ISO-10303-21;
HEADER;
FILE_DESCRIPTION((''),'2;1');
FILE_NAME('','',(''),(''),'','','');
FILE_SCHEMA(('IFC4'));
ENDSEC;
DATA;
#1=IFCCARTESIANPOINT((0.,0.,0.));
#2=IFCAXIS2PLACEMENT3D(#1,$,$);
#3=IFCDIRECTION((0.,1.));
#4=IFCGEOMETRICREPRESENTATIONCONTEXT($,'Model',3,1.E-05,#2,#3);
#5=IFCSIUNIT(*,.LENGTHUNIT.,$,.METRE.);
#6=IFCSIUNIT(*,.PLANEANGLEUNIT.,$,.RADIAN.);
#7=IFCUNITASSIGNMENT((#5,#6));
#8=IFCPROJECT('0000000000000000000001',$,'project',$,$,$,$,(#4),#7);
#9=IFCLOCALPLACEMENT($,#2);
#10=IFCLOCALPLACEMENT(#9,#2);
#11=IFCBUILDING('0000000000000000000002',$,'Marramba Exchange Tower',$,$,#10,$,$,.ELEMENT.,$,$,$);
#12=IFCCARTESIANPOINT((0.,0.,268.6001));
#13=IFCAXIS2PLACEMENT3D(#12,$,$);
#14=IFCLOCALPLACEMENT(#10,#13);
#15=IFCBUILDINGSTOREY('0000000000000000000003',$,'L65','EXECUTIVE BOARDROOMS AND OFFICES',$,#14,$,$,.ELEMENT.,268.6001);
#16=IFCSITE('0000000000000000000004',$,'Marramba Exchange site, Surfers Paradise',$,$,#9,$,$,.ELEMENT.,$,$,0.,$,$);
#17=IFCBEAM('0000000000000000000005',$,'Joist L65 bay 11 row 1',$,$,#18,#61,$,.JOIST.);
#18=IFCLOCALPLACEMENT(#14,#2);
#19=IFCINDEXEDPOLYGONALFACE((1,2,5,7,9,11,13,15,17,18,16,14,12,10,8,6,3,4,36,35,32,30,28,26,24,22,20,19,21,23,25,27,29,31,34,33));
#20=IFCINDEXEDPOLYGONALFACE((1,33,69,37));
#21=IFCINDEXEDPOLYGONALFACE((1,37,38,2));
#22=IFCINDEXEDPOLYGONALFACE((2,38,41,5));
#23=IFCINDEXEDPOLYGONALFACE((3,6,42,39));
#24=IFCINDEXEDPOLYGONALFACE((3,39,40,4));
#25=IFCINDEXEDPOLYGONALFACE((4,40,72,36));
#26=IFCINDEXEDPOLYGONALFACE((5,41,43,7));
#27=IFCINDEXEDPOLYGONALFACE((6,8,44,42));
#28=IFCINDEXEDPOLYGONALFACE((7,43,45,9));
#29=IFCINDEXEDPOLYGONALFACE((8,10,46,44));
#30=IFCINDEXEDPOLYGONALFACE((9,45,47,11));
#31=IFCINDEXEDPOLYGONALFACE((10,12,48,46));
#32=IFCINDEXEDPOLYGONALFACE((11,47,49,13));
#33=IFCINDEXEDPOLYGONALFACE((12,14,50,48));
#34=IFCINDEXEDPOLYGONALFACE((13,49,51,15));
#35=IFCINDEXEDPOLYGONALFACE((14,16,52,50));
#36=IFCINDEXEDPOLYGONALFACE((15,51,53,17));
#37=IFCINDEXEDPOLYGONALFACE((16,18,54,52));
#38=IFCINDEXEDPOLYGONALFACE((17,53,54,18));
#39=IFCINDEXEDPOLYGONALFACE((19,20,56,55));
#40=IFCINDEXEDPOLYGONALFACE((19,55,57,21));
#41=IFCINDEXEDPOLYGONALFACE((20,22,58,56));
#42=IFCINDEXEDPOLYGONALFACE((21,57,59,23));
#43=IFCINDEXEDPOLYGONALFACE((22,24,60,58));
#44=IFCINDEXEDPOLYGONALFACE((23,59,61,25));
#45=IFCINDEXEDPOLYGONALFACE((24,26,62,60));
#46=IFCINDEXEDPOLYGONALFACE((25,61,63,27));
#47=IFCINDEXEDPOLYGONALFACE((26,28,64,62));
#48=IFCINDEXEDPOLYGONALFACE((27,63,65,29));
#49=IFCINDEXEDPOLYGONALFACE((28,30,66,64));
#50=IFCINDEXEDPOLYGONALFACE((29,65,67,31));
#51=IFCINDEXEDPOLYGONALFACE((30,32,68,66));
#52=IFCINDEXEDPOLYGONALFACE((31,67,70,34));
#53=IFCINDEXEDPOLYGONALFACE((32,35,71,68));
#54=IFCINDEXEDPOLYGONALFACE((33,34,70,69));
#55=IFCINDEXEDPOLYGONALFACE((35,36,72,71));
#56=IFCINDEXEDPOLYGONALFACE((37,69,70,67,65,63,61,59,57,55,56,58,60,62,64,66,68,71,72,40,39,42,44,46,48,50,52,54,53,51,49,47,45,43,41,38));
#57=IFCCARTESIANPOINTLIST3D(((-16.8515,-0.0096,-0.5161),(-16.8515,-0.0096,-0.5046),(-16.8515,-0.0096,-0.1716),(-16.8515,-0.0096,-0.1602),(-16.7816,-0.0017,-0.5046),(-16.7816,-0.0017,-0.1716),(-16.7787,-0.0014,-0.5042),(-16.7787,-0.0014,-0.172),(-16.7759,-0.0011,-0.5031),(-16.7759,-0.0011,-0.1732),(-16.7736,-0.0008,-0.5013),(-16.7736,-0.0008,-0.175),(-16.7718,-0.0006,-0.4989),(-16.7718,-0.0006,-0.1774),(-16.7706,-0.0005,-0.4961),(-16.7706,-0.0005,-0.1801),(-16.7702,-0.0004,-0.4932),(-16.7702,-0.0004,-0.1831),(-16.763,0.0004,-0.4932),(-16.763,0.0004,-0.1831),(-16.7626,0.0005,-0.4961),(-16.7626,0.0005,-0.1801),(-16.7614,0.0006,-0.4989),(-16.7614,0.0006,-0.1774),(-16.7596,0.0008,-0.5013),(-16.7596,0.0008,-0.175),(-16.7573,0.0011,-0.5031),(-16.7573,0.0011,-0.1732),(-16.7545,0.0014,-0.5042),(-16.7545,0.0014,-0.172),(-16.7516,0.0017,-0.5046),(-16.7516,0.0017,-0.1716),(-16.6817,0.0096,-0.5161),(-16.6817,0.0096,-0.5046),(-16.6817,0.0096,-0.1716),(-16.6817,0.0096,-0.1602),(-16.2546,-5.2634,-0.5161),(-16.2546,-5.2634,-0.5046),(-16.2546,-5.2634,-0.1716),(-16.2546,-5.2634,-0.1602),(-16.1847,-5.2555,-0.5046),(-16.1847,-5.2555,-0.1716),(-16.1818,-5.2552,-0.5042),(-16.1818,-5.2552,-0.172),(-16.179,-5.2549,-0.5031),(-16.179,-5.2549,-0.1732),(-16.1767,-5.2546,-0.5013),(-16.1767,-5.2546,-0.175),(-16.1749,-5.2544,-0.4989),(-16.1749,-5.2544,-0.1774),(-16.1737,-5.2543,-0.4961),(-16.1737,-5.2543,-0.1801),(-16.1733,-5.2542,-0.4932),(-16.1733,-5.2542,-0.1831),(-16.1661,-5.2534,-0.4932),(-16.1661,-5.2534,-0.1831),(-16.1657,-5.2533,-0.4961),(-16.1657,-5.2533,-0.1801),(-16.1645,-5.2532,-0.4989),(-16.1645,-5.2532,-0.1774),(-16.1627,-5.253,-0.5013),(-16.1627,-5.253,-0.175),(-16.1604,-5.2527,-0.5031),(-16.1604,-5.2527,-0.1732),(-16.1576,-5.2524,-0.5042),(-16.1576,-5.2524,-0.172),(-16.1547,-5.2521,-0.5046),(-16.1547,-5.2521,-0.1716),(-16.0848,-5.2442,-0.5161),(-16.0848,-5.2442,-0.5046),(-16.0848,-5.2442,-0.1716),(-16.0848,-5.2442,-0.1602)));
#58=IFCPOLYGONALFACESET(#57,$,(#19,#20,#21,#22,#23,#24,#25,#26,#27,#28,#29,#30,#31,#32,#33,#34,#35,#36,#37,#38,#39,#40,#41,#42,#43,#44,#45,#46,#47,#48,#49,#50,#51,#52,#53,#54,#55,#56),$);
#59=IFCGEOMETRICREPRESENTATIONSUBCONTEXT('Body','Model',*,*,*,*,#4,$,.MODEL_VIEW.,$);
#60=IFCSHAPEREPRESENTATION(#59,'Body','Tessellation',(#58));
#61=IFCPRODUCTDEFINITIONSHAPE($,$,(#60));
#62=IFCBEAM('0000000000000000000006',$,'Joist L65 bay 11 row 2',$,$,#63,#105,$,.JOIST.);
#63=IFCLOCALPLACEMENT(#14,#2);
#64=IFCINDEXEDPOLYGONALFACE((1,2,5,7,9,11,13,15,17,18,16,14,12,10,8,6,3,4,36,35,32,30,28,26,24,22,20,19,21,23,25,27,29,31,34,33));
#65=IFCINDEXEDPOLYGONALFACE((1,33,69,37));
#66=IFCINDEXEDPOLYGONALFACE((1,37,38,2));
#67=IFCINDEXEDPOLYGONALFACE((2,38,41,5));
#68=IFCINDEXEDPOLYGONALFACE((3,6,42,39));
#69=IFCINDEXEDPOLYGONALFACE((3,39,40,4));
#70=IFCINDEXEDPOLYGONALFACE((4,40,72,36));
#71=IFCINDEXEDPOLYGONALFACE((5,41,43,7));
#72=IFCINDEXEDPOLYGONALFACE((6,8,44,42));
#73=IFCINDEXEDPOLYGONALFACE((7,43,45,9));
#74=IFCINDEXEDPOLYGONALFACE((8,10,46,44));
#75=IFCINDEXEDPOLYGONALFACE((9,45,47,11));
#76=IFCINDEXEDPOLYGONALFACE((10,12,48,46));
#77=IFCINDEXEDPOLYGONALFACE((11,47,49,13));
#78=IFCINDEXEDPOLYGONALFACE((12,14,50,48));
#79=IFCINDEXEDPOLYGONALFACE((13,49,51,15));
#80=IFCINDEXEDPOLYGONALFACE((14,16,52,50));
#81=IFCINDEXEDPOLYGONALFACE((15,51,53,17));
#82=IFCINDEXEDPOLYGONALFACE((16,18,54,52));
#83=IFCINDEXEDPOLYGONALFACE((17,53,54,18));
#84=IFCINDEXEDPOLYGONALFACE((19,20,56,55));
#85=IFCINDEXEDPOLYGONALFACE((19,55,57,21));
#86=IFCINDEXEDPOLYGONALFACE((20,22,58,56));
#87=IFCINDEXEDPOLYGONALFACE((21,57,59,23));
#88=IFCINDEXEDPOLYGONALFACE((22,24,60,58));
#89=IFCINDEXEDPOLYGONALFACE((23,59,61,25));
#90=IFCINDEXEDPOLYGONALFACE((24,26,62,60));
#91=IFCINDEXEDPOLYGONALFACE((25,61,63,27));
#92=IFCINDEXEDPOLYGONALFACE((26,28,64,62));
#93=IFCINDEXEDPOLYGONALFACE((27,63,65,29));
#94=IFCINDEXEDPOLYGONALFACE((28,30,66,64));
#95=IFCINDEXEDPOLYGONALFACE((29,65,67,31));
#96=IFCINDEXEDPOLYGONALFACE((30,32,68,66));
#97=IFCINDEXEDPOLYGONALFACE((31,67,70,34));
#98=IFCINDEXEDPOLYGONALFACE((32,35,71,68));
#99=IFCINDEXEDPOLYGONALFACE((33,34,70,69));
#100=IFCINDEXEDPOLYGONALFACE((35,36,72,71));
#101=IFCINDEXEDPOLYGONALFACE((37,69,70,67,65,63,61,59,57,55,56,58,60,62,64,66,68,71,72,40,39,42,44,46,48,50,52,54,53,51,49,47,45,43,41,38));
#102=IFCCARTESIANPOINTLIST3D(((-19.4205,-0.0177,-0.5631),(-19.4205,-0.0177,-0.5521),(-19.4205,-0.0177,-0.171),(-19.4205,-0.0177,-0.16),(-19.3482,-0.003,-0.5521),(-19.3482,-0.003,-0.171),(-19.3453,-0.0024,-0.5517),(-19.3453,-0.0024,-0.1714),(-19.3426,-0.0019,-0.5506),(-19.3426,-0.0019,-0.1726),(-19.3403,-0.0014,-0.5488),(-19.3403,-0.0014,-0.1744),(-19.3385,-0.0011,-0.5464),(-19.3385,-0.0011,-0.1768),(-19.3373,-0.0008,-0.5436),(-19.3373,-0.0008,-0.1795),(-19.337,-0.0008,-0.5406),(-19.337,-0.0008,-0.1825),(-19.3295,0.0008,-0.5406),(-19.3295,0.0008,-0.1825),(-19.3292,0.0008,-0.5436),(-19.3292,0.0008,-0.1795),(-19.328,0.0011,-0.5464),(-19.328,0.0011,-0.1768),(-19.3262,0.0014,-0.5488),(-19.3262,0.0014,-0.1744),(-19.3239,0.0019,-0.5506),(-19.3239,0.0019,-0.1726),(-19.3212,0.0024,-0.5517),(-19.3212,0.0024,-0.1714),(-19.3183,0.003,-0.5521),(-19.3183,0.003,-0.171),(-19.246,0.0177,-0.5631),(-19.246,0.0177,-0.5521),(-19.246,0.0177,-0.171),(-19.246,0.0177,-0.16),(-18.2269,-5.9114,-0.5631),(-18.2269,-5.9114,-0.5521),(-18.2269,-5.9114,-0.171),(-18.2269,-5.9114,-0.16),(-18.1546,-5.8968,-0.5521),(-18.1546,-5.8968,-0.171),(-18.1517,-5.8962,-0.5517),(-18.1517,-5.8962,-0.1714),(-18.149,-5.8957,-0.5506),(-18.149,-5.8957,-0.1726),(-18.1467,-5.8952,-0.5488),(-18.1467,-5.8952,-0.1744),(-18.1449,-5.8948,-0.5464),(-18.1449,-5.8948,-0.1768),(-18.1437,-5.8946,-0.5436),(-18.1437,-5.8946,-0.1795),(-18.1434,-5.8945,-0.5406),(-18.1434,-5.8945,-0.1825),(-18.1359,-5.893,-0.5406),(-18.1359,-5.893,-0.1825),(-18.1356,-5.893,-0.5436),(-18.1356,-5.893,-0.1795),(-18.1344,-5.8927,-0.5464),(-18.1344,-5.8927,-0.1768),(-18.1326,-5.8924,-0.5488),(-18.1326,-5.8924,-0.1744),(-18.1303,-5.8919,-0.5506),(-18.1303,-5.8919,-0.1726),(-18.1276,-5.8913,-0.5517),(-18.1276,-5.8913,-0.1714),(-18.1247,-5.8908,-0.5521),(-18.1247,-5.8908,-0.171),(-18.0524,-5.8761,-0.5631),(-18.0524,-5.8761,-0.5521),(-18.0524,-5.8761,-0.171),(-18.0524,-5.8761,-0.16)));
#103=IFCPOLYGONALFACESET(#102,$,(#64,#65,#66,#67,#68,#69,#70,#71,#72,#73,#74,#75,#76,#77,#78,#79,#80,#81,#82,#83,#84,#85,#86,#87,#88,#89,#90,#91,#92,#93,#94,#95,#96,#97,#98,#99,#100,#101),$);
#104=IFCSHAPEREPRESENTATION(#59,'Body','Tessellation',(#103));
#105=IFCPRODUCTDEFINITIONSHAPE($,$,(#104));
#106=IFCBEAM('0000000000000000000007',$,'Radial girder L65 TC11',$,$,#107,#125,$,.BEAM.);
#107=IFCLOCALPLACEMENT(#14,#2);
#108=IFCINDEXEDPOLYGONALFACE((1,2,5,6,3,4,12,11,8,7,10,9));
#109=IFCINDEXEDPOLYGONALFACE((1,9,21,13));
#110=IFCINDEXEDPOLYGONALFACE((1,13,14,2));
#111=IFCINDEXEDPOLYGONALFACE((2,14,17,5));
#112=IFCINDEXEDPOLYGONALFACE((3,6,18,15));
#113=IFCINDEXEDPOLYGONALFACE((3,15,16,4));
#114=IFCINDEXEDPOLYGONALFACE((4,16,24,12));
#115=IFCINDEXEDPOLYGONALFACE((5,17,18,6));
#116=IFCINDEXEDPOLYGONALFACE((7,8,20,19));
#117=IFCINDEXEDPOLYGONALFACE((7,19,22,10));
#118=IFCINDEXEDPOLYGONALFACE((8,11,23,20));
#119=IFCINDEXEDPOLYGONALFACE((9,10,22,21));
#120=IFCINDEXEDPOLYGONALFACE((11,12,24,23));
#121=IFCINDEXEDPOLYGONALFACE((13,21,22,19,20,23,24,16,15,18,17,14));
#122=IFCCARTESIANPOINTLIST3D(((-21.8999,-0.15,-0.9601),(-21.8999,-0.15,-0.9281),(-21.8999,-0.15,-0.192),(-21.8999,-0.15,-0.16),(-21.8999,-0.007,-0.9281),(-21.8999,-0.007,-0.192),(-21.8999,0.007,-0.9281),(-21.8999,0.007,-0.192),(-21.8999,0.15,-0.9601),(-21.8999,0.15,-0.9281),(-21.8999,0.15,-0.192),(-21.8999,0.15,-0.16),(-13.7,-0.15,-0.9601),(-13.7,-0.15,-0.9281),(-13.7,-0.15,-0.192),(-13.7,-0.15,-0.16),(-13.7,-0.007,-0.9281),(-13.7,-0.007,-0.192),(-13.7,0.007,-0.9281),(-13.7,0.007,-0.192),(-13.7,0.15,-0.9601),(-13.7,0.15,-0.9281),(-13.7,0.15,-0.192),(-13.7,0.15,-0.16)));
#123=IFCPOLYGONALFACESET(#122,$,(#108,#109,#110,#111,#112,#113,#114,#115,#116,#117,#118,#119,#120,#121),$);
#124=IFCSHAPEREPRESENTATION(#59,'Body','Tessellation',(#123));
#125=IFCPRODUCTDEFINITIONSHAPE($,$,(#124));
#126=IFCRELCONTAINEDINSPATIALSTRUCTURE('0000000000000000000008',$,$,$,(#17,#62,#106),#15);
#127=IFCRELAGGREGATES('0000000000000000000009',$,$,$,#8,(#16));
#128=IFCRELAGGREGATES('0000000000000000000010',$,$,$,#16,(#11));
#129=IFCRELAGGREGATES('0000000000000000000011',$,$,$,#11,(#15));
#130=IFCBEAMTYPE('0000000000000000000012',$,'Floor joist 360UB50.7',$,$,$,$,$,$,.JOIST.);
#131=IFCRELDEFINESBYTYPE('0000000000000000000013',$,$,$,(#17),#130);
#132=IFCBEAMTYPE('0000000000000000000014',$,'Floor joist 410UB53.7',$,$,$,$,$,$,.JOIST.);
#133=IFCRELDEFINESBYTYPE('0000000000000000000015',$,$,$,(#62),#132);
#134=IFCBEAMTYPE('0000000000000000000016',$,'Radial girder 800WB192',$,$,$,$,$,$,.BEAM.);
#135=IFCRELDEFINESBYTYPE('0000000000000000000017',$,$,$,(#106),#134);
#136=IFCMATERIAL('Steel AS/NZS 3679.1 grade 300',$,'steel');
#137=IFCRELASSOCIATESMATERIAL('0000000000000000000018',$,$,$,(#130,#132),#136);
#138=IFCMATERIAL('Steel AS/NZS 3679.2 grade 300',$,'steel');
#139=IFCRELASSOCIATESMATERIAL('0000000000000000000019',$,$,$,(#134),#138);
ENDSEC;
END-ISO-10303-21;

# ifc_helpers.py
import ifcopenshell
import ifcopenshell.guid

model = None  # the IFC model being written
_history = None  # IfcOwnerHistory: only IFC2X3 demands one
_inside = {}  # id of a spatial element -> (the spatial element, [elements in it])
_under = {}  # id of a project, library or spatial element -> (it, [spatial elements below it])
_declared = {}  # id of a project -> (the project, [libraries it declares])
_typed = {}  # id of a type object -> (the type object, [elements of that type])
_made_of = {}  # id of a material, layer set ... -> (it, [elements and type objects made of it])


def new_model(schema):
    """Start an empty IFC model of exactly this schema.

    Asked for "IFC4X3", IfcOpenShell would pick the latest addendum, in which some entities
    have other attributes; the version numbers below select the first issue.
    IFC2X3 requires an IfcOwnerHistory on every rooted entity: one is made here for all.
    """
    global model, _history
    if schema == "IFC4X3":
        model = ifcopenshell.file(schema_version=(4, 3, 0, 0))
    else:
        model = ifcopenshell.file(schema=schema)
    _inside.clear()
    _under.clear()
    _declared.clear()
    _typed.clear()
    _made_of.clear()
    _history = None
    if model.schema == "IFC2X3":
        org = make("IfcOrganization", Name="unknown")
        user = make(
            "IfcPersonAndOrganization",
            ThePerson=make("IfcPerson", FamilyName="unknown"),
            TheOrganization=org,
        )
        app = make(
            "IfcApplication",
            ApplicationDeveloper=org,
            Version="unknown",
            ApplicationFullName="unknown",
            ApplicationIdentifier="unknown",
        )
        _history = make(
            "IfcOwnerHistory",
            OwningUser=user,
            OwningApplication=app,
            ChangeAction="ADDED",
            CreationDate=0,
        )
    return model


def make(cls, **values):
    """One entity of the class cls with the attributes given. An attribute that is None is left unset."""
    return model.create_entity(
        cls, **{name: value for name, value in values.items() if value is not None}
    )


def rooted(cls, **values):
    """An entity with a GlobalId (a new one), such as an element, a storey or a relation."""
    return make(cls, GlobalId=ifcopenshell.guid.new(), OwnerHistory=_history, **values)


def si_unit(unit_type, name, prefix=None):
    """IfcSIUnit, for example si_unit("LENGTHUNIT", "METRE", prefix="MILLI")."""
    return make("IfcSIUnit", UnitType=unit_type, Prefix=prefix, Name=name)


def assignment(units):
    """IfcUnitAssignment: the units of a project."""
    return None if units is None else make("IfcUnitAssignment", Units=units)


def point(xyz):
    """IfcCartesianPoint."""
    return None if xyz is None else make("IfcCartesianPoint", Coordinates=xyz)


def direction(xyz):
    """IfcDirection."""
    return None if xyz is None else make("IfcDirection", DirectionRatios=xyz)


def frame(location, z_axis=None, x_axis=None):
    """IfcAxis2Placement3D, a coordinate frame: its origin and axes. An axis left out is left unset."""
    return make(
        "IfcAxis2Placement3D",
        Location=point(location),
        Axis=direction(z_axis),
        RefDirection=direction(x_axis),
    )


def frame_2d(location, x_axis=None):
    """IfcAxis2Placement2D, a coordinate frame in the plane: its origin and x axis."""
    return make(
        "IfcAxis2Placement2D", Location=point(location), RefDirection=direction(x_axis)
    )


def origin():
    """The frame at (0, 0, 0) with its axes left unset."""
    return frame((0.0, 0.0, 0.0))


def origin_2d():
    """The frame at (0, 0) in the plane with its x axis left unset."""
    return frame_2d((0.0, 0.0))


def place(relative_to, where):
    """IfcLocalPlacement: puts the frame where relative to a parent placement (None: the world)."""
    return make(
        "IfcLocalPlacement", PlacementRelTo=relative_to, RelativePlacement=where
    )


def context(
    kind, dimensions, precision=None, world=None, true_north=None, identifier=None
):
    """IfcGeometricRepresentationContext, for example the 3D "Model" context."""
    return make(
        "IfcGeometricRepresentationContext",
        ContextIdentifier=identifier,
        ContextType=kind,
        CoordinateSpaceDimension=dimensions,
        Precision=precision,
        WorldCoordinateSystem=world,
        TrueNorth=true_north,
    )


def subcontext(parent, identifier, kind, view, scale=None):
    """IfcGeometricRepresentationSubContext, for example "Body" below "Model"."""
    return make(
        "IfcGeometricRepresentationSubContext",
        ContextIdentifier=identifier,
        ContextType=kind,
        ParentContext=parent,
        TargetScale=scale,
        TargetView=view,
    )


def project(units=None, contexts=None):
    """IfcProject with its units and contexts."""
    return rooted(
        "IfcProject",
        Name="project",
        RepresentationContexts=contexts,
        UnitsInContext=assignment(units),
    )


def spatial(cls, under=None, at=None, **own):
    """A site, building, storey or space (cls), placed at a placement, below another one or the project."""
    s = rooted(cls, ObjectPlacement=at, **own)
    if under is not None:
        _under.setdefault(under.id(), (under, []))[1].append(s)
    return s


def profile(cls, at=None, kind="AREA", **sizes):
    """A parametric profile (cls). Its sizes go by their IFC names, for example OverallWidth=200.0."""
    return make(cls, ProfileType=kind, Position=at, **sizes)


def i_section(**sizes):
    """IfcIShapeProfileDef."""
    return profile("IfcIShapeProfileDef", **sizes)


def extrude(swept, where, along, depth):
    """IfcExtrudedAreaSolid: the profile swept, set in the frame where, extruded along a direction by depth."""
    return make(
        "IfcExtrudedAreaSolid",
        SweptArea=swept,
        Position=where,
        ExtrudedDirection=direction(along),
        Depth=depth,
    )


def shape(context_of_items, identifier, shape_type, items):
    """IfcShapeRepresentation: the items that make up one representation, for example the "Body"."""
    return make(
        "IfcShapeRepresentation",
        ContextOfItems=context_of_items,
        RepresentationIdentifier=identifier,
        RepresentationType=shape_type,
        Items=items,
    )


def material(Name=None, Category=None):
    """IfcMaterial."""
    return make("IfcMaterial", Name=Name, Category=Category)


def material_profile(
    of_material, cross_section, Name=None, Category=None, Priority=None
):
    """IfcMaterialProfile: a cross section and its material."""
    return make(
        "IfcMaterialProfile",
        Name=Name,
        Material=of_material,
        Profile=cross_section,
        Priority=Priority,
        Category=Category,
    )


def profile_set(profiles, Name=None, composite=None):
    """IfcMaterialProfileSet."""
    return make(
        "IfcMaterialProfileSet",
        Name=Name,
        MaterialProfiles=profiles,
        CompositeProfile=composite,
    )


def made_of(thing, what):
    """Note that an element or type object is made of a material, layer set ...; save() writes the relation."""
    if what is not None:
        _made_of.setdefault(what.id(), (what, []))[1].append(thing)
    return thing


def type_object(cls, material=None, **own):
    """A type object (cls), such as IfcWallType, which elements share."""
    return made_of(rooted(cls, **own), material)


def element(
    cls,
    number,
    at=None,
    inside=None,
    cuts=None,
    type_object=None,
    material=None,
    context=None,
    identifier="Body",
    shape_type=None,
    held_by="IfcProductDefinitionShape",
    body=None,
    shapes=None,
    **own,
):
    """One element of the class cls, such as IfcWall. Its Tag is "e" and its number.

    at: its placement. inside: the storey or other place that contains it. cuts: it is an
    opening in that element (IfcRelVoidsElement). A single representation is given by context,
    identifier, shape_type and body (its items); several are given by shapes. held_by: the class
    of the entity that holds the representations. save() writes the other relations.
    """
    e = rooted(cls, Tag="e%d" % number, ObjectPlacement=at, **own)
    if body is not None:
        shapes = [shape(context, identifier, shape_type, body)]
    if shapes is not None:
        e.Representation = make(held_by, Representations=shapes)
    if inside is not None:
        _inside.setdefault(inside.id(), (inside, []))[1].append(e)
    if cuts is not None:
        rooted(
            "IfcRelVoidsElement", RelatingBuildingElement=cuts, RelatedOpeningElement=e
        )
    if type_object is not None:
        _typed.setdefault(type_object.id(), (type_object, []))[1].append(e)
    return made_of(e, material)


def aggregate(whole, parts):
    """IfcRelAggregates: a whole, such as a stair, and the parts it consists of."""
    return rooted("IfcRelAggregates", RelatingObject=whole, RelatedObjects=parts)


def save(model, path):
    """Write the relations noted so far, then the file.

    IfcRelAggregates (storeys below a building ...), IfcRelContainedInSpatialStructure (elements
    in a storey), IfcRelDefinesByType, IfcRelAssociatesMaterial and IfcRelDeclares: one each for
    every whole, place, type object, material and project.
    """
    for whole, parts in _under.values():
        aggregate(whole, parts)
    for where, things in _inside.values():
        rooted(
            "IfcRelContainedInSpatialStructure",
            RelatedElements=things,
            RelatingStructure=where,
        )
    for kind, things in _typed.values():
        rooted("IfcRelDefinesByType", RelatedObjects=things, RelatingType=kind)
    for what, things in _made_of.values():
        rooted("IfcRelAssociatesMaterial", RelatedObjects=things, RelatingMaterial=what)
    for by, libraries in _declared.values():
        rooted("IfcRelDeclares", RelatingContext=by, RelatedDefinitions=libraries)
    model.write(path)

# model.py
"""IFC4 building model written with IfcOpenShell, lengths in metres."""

from ifc_helpers import new_model, si_unit, direction, frame, origin, origin_2d, place, context, subcontext, project, spatial, i_section, extrude, material, material_profile, profile_set, type_object, element, save


model = new_model("IFC4")

# Units and contexts
model_context = context("Model", 3, precision=1e-05, world=origin(), true_north=direction((0.0, 1.0)))
body_context = subcontext(model_context, "Body", "Model", "MODEL_VIEW")
ifc_project = project(units=[si_unit("LENGTHUNIT", "METRE"), si_unit("PLANEANGLEUNIT", "RADIAN")], contexts=[model_context])

# Site, building, storey
site_placement = place(None, origin())
site = spatial("IfcSite", under=ifc_project, at=site_placement, Name="Marramba Exchange site, Surfers Paradise", CompositionType="ELEMENT", RefElevation=0.0)
building_placement = place(site_placement, origin())
building = spatial("IfcBuilding", under=site, at=building_placement, Name="Marramba Exchange Tower", CompositionType="ELEMENT")
storey_placement = place(building_placement, frame((0.0, 0.0, 268.6001)))
storey = spatial("IfcBuildingStorey", under=building, at=storey_placement, Name="L65", Description="EXECUTIVE BOARDROOMS AND OFFICES", CompositionType="ELEMENT", Elevation=268.6001)

# Beams
ifc_material_1 = material(Name="Steel AS/NZS 3679.1 grade 300", Category="steel")
ifc_material_profile_1 = material_profile(ifc_material_1, i_section(OverallWidth=0.1709, OverallDepth=0.356, WebThickness=0.0073, FlangeThickness=0.0115, FilletRadius=0.0115, at=origin_2d()), Name="360UB50.7")
ifc_profile_set_1 = profile_set([ifc_material_profile_1], Name="Steel AS/NZS 3679.1 grade 300")
beam_type_1 = type_object("IfcBeamType", Name="Floor joist 360UB50.7", PredefinedType="JOIST", material=ifc_profile_set_1)
beam_1_placement = place(storey_placement, frame((-16.7666, 0.0, -0.3381), z_axis=(0.112889, -0.993608, 0.0), x_axis=(0.993608, 0.112889, 0.0)))
element("IfcBeam", 1, at=beam_1_placement, inside=storey, type_object=beam_type_1, Name="Joist L65 bay 11 row 1", PredefinedType="JOIST", context=body_context, shape_type="SweptSolid", body=[
    extrude(i_section(OverallWidth=0.1709, OverallDepth=0.356, WebThickness=0.0073, FlangeThickness=0.0115, FilletRadius=0.0115, at=origin_2d()), origin(), (0.0, 0.0, 1.0), 5.2876),
])
ifc_material_profile_2 = material_profile(ifc_material_1, i_section(OverallWidth=0.178, OverallDepth=0.4031, WebThickness=0.0076, FlangeThickness=0.011, FilletRadius=0.0115, at=origin_2d()), Name="410UB53.7")
ifc_profile_set_2 = profile_set([ifc_material_profile_2], Name="Steel AS/NZS 3679.1 grade 300")
beam_type_2 = type_object("IfcBeamType", Name="Floor joist 410UB53.7", PredefinedType="JOIST", material=ifc_profile_set_2)
beam_2_placement = place(storey_placement, frame((-19.3333, 0.0, -0.3616), z_axis=(0.198489, -0.980103, 0.0), x_axis=(0.980103, 0.198489, 0.0)))
element("IfcBeam", 2, at=beam_2_placement, inside=storey, type_object=beam_type_2, Name="Joist L65 bay 11 row 2", PredefinedType="JOIST", context=body_context, shape_type="SweptSolid", body=[
    extrude(i_section(OverallWidth=0.178, OverallDepth=0.4031, WebThickness=0.0076, FlangeThickness=0.011, FilletRadius=0.0115, at=origin_2d()), origin(), (0.0, 0.0, 1.0), 6.0134),
])
ifc_material_2 = material(Name="Steel AS/NZS 3679.2 grade 300", Category="steel")
ifc_material_profile_3 = material_profile(ifc_material_2, i_section(OverallWidth=0.3, OverallDepth=0.8, WebThickness=0.0139, FlangeThickness=0.032, at=origin_2d()), Name="800WB192")
ifc_profile_set_3 = profile_set([ifc_material_profile_3], Name="Steel AS/NZS 3679.2 grade 300")
beam_type_3 = type_object("IfcBeamType", Name="Radial girder 800WB192", PredefinedType="BEAM", material=ifc_profile_set_3)
beam_3_placement = place(storey_placement, frame((-13.7, 0.0, -0.5601), z_axis=(-1.0, 0.0, 0.0), x_axis=(0.0, -1.0, 0.0)))
element("IfcBeam", 3, at=beam_3_placement, inside=storey, type_object=beam_type_3, Name="Radial girder L65 TC11", PredefinedType="BEAM", context=body_context, shape_type="SweptSolid", body=[
    extrude(i_section(OverallWidth=0.3, OverallDepth=0.8, WebThickness=0.0139, FlangeThickness=0.032, at=origin_2d()), origin(), (0.0, 0.0, 1.0), 8.2),
])

save(model, "model.ifc")
